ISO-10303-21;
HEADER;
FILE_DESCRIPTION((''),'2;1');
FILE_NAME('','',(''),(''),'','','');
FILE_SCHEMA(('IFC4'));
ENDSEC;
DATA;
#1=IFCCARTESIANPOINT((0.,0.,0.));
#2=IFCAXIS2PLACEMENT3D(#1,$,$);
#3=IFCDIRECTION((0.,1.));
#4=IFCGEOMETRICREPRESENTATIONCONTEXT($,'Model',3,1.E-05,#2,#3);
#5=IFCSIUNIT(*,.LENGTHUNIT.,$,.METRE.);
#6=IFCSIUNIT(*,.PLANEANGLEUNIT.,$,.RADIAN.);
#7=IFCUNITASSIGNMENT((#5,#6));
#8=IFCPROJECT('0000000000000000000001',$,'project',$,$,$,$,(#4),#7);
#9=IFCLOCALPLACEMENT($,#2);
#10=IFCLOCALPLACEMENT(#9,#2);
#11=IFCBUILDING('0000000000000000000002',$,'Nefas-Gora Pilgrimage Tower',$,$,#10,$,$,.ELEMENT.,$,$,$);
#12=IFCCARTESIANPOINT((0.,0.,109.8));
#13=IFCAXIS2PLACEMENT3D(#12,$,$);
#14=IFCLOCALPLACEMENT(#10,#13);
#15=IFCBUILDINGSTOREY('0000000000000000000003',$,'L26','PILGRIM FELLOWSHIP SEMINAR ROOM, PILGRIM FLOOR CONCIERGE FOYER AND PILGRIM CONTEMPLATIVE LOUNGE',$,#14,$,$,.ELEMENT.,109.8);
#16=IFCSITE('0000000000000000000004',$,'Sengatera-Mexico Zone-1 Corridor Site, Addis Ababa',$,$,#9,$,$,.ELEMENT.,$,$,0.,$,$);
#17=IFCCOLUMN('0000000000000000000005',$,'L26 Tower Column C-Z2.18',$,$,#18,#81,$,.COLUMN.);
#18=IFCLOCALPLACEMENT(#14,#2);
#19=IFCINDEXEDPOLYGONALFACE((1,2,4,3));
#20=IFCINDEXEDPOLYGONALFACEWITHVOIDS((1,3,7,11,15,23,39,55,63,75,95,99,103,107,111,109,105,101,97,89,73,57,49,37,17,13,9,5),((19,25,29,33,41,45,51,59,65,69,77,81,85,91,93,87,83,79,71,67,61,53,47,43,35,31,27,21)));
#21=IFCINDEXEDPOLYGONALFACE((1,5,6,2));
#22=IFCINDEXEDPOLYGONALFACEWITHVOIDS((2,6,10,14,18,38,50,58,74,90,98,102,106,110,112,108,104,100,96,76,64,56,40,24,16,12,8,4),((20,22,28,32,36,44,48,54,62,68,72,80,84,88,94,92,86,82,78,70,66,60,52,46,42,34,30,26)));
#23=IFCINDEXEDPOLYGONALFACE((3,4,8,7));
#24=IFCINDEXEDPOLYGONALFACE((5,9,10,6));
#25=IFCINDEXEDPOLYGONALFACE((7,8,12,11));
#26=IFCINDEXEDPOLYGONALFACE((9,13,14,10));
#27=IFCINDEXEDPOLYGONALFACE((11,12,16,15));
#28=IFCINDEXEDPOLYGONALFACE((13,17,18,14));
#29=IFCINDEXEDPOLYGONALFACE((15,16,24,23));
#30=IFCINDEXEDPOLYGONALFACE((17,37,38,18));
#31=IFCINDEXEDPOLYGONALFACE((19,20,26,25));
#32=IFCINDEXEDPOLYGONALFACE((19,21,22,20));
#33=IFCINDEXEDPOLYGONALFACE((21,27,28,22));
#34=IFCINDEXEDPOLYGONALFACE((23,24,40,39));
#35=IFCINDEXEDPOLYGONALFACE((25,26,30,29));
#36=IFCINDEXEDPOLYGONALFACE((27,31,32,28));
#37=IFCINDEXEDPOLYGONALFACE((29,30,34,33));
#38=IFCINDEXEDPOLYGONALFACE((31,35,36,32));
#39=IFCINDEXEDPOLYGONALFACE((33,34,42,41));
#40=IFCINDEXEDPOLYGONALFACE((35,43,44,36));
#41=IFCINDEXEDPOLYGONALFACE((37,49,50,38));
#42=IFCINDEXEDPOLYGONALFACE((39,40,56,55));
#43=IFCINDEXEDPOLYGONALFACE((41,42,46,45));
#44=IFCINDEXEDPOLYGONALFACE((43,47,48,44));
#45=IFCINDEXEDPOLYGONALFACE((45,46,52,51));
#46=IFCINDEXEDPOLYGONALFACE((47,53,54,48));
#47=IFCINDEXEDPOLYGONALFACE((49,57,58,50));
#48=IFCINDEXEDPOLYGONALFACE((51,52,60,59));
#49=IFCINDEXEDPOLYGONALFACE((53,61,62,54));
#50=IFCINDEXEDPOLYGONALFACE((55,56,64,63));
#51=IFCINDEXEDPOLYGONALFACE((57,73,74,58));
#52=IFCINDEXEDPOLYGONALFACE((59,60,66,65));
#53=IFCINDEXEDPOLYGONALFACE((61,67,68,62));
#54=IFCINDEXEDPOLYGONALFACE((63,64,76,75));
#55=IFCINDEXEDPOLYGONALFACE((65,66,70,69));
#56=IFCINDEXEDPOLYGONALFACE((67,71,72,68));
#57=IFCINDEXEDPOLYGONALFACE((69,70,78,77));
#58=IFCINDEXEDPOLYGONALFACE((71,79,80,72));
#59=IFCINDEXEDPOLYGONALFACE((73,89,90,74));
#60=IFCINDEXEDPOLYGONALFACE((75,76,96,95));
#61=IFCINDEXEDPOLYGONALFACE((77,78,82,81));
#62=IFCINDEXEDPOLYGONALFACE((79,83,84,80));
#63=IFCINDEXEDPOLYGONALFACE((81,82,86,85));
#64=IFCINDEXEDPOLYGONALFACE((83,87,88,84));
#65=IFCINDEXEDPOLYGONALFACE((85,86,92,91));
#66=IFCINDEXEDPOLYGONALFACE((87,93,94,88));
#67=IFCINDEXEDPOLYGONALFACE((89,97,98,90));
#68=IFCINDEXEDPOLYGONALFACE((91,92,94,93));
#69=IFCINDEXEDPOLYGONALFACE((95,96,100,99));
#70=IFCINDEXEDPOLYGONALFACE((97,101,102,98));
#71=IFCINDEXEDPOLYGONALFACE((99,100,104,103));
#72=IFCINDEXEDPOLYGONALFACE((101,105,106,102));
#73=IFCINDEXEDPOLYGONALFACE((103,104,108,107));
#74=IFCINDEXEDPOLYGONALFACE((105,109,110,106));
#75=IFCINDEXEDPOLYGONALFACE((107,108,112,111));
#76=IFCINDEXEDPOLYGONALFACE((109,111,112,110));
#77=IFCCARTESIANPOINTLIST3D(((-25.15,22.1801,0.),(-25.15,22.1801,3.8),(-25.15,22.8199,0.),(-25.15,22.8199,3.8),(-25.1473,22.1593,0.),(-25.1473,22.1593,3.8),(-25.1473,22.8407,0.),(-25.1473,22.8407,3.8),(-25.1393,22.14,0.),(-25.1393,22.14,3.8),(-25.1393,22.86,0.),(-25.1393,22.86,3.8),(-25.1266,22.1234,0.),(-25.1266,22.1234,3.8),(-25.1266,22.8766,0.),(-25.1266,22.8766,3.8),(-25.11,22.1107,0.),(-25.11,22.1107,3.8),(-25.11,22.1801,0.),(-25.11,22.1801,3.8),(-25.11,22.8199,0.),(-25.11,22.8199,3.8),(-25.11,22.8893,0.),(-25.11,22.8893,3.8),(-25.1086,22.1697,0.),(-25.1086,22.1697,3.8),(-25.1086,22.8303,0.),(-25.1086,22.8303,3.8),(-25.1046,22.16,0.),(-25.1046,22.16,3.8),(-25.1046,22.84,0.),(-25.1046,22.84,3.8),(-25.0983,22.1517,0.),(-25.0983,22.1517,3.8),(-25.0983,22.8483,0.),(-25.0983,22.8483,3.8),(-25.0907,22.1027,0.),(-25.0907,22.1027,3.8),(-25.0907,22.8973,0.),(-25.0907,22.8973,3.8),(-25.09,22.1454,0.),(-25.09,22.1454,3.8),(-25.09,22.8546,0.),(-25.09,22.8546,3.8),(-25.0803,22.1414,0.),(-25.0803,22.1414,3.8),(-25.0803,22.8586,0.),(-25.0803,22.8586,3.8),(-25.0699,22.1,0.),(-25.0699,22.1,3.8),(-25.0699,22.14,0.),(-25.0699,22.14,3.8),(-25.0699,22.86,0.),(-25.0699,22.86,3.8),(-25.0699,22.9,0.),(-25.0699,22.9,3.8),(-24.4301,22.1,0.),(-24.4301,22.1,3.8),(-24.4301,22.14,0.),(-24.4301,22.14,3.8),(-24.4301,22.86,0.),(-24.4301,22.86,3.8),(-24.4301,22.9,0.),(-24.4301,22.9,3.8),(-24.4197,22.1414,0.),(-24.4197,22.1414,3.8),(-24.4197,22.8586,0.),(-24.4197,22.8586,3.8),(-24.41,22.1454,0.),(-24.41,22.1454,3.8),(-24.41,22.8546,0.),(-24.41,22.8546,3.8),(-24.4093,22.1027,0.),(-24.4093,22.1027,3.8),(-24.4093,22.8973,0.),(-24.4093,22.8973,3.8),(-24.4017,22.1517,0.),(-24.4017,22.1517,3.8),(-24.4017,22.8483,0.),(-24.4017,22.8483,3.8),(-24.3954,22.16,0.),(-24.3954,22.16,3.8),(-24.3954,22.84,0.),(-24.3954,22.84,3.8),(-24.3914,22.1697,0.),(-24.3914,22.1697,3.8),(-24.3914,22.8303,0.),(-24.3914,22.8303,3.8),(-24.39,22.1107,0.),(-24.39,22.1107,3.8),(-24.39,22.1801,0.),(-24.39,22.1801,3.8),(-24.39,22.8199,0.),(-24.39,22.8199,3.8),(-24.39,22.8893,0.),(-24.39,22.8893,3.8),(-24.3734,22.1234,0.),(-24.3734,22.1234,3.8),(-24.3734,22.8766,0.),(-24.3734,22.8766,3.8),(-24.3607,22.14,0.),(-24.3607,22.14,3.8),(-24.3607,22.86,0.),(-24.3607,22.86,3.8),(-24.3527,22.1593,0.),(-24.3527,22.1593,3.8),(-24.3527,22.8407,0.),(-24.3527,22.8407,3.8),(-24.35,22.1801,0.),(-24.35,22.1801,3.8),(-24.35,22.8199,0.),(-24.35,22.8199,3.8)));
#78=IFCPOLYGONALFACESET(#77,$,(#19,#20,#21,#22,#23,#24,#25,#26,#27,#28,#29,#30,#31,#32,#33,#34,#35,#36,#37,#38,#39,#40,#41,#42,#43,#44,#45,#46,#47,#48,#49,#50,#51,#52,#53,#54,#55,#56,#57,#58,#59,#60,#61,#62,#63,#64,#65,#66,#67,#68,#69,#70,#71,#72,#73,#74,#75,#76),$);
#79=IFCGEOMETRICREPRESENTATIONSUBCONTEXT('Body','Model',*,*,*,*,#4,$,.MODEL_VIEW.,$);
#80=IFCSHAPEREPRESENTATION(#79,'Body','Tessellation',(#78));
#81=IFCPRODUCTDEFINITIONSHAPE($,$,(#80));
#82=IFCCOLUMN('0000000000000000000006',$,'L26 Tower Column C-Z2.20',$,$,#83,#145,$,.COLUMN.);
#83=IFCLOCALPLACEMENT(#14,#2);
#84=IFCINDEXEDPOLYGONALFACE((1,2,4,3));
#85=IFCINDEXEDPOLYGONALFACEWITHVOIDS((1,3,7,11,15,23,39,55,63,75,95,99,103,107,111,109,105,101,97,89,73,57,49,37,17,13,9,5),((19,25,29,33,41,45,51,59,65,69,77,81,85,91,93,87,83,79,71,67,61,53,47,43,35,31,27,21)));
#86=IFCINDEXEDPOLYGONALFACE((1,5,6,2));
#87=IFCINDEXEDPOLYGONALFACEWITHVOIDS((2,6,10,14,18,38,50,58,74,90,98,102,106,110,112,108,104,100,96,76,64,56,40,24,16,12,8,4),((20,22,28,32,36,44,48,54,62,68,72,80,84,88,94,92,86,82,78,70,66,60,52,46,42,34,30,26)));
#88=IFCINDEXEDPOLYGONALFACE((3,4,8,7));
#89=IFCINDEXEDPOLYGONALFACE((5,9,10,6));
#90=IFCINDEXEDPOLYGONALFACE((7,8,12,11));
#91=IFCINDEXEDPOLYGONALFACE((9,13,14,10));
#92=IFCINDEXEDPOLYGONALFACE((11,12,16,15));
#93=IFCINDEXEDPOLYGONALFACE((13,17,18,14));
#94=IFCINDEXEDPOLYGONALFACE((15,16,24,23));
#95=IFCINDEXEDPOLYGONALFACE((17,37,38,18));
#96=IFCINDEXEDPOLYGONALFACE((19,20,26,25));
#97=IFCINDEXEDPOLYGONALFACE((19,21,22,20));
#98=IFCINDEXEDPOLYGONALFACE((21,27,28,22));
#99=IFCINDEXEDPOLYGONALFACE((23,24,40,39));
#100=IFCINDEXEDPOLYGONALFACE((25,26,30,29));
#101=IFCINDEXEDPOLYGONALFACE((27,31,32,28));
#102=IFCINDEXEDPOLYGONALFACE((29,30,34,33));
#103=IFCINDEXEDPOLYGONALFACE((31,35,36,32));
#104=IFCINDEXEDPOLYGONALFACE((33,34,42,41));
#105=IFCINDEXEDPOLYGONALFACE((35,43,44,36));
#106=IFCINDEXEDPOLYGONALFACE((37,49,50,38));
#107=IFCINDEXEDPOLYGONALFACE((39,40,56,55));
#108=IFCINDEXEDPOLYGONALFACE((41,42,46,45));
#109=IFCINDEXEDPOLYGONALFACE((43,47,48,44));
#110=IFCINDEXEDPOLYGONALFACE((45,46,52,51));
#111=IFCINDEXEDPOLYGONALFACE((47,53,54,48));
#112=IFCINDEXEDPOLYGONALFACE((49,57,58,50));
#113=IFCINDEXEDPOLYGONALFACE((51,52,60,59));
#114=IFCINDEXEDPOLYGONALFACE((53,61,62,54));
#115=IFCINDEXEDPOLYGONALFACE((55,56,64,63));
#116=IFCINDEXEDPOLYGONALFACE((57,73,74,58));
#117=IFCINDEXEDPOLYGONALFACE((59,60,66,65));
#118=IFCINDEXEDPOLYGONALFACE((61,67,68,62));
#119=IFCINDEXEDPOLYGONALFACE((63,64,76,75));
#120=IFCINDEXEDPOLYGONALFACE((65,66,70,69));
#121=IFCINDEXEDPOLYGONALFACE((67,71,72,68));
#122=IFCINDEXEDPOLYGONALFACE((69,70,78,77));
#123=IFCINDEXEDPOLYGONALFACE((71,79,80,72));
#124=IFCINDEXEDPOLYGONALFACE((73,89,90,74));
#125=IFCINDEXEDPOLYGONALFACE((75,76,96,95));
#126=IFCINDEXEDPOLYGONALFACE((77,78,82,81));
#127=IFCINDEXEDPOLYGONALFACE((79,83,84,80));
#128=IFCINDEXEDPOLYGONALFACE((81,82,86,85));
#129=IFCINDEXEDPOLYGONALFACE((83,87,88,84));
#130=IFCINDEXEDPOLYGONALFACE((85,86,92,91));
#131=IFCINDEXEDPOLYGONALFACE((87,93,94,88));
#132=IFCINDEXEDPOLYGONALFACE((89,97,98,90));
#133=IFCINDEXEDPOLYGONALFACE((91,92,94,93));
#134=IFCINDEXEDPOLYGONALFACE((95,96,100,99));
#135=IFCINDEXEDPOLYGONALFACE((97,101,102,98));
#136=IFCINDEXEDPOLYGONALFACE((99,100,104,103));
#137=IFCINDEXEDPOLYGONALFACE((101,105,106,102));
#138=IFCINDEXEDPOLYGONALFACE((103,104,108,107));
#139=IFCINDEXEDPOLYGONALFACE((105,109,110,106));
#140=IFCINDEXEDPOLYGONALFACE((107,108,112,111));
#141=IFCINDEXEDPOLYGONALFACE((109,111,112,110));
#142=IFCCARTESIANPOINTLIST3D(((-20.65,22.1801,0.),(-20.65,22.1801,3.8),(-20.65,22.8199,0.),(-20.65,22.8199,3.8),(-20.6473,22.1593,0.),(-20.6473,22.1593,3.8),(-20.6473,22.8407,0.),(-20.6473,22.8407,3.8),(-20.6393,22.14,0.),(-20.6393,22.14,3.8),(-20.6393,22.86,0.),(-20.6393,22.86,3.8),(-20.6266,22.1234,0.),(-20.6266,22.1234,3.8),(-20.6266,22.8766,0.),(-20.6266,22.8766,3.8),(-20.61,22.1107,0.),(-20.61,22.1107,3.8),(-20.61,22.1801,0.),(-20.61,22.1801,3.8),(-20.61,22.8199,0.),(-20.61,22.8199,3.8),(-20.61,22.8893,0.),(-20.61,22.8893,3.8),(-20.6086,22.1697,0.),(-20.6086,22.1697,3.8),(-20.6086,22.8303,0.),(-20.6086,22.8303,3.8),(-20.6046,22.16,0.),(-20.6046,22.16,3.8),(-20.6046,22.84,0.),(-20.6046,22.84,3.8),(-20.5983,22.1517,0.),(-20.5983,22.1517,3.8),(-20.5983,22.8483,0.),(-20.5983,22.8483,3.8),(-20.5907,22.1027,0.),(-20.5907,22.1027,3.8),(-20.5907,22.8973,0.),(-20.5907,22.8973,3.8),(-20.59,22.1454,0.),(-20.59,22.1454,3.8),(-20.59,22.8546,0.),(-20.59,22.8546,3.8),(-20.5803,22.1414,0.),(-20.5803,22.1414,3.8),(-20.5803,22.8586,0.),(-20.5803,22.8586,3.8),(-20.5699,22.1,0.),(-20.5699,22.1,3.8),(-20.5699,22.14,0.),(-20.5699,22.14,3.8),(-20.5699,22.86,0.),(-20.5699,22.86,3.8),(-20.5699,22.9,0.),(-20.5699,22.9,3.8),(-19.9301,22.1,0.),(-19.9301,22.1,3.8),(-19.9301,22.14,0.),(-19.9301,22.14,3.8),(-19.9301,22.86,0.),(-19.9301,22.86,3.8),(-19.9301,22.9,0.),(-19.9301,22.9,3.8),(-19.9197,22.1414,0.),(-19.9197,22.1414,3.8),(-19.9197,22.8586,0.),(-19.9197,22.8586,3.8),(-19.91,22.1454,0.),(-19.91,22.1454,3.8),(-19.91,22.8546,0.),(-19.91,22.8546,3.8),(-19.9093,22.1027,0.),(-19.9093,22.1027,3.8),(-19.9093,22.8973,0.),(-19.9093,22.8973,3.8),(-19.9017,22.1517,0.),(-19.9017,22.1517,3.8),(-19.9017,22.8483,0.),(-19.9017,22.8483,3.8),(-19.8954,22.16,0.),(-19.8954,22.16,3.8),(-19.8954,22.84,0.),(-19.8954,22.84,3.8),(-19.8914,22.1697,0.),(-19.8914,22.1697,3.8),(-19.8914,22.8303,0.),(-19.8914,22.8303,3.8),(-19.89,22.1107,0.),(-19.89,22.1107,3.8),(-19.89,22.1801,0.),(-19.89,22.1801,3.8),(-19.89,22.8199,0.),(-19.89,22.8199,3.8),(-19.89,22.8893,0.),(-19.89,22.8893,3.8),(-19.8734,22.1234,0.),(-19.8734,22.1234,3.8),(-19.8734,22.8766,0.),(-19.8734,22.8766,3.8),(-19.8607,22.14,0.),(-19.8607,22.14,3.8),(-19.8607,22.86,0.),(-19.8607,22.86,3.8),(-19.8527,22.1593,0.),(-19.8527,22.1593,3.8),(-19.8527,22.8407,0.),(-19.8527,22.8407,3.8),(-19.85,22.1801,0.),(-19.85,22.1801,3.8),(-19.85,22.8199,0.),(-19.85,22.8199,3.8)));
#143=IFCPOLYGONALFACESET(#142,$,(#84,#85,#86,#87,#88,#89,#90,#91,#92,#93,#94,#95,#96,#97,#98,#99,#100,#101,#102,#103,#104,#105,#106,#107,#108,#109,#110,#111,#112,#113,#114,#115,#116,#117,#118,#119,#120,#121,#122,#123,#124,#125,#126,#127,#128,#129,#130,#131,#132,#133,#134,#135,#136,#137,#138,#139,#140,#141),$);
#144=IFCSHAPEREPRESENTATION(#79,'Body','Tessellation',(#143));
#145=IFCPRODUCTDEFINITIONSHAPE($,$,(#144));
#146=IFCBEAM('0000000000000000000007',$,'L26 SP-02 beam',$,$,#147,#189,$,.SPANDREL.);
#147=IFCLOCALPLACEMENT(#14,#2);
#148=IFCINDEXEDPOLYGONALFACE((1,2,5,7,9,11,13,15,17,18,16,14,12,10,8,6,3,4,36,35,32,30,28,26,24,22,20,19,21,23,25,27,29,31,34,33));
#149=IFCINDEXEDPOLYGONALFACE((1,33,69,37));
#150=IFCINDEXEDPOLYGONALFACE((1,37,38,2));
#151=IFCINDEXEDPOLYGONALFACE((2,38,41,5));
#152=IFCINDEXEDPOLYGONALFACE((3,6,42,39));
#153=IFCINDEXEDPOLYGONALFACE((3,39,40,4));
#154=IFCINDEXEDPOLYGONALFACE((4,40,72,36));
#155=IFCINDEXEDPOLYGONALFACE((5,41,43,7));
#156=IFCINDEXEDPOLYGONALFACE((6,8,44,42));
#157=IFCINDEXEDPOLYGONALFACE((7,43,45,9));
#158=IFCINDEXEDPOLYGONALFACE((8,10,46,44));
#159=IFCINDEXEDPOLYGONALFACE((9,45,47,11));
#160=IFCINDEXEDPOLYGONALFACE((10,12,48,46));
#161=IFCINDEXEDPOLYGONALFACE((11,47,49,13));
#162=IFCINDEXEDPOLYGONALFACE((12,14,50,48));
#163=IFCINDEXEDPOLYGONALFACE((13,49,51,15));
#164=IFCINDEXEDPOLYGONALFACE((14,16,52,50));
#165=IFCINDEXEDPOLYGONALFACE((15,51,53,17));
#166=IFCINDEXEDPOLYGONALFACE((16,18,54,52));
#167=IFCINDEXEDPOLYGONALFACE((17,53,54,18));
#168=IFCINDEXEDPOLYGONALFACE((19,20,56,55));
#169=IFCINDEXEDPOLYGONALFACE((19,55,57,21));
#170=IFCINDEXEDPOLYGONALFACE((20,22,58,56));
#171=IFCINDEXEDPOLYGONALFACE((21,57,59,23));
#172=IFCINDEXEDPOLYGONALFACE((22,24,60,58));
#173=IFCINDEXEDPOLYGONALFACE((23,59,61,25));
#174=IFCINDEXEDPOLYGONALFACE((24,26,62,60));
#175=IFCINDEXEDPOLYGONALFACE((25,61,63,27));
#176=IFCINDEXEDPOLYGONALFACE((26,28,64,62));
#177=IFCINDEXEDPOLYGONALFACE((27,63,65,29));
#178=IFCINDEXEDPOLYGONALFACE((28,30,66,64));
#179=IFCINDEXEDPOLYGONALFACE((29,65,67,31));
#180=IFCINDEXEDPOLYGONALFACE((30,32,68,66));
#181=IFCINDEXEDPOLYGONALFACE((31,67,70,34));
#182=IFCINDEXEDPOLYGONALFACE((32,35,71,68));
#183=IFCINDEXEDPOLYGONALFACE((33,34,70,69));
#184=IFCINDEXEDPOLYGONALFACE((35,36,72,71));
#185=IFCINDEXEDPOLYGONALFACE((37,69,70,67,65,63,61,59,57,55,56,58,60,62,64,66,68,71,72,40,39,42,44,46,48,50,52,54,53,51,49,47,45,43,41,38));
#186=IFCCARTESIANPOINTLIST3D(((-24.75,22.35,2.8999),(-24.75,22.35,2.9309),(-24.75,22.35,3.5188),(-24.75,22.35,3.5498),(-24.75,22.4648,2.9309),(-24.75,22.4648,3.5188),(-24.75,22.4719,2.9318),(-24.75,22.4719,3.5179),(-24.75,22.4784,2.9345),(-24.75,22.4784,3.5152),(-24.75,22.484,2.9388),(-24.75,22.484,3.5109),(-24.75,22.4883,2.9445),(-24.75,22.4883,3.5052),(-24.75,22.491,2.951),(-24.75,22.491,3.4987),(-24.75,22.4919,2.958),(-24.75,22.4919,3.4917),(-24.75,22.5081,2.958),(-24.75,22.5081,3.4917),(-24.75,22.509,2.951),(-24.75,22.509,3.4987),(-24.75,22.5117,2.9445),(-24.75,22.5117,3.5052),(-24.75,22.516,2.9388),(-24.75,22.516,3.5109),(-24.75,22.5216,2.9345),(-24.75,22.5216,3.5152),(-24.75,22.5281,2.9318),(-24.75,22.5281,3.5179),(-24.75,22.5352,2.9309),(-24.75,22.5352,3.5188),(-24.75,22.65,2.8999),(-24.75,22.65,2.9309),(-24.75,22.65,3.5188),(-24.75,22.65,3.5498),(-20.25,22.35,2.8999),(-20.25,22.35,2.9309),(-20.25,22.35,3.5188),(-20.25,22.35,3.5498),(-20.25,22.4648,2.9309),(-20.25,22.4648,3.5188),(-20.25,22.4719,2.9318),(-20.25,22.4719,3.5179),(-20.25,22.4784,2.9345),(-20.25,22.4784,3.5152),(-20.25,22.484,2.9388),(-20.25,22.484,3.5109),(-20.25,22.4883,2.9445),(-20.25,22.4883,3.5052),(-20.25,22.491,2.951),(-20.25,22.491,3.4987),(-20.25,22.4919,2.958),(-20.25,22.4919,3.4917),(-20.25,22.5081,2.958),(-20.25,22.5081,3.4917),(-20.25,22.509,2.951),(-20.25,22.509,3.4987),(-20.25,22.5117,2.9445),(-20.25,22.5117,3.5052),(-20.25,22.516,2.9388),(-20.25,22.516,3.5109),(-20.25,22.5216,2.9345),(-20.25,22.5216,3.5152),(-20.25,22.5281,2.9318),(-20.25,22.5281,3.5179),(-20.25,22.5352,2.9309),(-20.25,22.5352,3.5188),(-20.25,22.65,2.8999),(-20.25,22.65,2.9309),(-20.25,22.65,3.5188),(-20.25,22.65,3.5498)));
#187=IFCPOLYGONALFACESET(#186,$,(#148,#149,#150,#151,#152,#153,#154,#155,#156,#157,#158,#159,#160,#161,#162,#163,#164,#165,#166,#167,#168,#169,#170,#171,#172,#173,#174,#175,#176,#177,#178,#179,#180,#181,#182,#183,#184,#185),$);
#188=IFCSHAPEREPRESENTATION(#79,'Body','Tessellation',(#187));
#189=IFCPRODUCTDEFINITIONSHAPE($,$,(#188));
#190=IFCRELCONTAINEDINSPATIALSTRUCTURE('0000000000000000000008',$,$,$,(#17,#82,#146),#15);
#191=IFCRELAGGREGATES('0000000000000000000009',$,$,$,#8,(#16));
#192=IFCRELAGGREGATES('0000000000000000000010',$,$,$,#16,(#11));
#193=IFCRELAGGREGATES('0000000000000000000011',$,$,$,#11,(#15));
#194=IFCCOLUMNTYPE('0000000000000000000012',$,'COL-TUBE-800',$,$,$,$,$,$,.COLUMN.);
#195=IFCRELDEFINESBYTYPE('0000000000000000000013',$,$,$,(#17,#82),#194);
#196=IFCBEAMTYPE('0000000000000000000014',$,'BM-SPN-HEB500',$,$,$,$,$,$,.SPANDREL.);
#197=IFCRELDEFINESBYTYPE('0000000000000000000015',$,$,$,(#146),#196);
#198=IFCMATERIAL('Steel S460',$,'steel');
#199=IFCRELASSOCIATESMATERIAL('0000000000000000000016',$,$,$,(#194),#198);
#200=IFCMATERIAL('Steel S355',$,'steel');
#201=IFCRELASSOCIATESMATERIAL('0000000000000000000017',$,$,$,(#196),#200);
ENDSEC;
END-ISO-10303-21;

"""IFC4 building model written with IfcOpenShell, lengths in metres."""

from ifc_helpers import new_model, si_unit, direction, frame, origin, origin_2d, place, context, subcontext, project, spatial, hollow_rectangle, i_section, extrude, source, transform, mapped, material, material_profile, profile_set, type_object, element, save


model = new_model("IFC4")

# Units and contexts
model_context = context("Model", 3, precision=1e-05, world=origin(), true_north=direction((0.0, 1.0)))
body_context = subcontext(model_context, "Body", "Model", "MODEL_VIEW")
ifc_project = project(units=[si_unit("LENGTHUNIT", "METRE"), si_unit("PLANEANGLEUNIT", "RADIAN")], contexts=[model_context])

# Site, building, storey
site_placement = place(None, origin())
site = spatial("IfcSite", under=ifc_project, at=site_placement, Name="Sengatera-Mexico Zone-1 Corridor Site, Addis Ababa", CompositionType="ELEMENT", RefElevation=0.0)
building_placement = place(site_placement, origin())
building = spatial("IfcBuilding", under=site, at=building_placement, Name="Nefas-Gora Pilgrimage Tower", CompositionType="ELEMENT")
storey_placement = place(building_placement, frame((0.0, 0.0, 109.8)))
storey = spatial("IfcBuildingStorey", under=building, at=storey_placement, Name="L26", Description="PILGRIM FELLOWSHIP SEMINAR ROOM, PILGRIM FLOOR CONCIERGE FOYER AND PILGRIM CONTEMPLATIVE LOUNGE", CompositionType="ELEMENT", Elevation=109.8)

# Columns
ifc_material_1 = material(Name="Steel S460", Category="steel")
ifc_material_profile_1 = material_profile(ifc_material_1, hollow_rectangle(XDim=0.8, YDim=0.8, WallThickness=0.04, InnerFilletRadius=0.04, OuterFilletRadius=0.0801, at=origin_2d()), Name="BOX 800x800x40")
ifc_profile_set_1 = profile_set([ifc_material_profile_1], Name="Steel S460")
column_type_1 = type_object("IfcColumnType", Name="COL-TUBE-800", PredefinedType="COLUMN", material=ifc_profile_set_1)
shared_shape_1 = source(origin(), body_context, "Body", "SweptSolid", [
    extrude(hollow_rectangle(XDim=0.8, YDim=0.8, WallThickness=0.04, InnerFilletRadius=0.04, OuterFilletRadius=0.0801, at=origin_2d()), origin(), (0.0, 0.0, 1.0), 3.8),
])
for number, where, z_axis, x_axis, name in (
    (1, (-24.75, 22.5, 0.0), (0.0, 0.0, 1.0), (1.0, 0.0, 0.0), "L26 Tower Column C-Z2.18"),
    (2, (-20.25, 22.5, 0.0), (0.0, 0.0, 1.0), (1.0, 0.0, 0.0), "L26 Tower Column C-Z2.20"),
):
    element("IfcColumn", number, at=place(storey_placement, frame(where, z_axis=z_axis, x_axis=x_axis)), inside=storey, type_object=column_type_1, Name=name, PredefinedType="COLUMN", context=body_context, shape_type="MappedRepresentation", body=[
        mapped(shared_shape_1, transform((0.0, 0.0, 0.0), x_axis=(1.0, 0.0, 0.0), y_axis=(0.0, 1.0, 0.0), z_axis=(0.0, 0.0, 1.0), scale=1.0)),
    ])

# Beam
ifc_material_2 = material(Name="Steel S355", Category="steel")
ifc_material_profile_2 = material_profile(ifc_material_2, i_section(OverallWidth=0.3, OverallDepth=0.6499, WebThickness=0.0161, FlangeThickness=0.031, FilletRadius=0.0271, at=origin_2d()), Name="HEB 650")
ifc_profile_set_2 = profile_set([ifc_material_profile_2], Name="Steel S355")
beam_type_1 = type_object("IfcBeamType", Name="BM-SPN-HEB500", PredefinedType="SPANDREL", material=ifc_profile_set_2)
shared_shape_2 = source(origin(), body_context, "Body", "SweptSolid", [
    extrude(i_section(OverallWidth=0.3, OverallDepth=0.6499, WebThickness=0.0161, FlangeThickness=0.031, FilletRadius=0.0271, at=origin_2d()), origin(), (0.0, 0.0, 1.0), 4.5),
])
beam_1_placement = place(storey_placement, frame((-24.75, 22.5, 3.2249), z_axis=(1.0, 0.0, 0.0), x_axis=(0.0, 1.0, 0.0)))
element("IfcBeam", 3, at=beam_1_placement, inside=storey, type_object=beam_type_1, Name="L26 SP-02 beam", PredefinedType="SPANDREL", context=body_context, shape_type="MappedRepresentation", body=[
    mapped(shared_shape_2, transform((0.0, 0.0, 0.0), x_axis=(1.0, 0.0, 0.0), y_axis=(0.0, 1.0, 0.0), z_axis=(0.0, 0.0, 1.0), scale=1.0)),
])

save(model, "model.ifc")
